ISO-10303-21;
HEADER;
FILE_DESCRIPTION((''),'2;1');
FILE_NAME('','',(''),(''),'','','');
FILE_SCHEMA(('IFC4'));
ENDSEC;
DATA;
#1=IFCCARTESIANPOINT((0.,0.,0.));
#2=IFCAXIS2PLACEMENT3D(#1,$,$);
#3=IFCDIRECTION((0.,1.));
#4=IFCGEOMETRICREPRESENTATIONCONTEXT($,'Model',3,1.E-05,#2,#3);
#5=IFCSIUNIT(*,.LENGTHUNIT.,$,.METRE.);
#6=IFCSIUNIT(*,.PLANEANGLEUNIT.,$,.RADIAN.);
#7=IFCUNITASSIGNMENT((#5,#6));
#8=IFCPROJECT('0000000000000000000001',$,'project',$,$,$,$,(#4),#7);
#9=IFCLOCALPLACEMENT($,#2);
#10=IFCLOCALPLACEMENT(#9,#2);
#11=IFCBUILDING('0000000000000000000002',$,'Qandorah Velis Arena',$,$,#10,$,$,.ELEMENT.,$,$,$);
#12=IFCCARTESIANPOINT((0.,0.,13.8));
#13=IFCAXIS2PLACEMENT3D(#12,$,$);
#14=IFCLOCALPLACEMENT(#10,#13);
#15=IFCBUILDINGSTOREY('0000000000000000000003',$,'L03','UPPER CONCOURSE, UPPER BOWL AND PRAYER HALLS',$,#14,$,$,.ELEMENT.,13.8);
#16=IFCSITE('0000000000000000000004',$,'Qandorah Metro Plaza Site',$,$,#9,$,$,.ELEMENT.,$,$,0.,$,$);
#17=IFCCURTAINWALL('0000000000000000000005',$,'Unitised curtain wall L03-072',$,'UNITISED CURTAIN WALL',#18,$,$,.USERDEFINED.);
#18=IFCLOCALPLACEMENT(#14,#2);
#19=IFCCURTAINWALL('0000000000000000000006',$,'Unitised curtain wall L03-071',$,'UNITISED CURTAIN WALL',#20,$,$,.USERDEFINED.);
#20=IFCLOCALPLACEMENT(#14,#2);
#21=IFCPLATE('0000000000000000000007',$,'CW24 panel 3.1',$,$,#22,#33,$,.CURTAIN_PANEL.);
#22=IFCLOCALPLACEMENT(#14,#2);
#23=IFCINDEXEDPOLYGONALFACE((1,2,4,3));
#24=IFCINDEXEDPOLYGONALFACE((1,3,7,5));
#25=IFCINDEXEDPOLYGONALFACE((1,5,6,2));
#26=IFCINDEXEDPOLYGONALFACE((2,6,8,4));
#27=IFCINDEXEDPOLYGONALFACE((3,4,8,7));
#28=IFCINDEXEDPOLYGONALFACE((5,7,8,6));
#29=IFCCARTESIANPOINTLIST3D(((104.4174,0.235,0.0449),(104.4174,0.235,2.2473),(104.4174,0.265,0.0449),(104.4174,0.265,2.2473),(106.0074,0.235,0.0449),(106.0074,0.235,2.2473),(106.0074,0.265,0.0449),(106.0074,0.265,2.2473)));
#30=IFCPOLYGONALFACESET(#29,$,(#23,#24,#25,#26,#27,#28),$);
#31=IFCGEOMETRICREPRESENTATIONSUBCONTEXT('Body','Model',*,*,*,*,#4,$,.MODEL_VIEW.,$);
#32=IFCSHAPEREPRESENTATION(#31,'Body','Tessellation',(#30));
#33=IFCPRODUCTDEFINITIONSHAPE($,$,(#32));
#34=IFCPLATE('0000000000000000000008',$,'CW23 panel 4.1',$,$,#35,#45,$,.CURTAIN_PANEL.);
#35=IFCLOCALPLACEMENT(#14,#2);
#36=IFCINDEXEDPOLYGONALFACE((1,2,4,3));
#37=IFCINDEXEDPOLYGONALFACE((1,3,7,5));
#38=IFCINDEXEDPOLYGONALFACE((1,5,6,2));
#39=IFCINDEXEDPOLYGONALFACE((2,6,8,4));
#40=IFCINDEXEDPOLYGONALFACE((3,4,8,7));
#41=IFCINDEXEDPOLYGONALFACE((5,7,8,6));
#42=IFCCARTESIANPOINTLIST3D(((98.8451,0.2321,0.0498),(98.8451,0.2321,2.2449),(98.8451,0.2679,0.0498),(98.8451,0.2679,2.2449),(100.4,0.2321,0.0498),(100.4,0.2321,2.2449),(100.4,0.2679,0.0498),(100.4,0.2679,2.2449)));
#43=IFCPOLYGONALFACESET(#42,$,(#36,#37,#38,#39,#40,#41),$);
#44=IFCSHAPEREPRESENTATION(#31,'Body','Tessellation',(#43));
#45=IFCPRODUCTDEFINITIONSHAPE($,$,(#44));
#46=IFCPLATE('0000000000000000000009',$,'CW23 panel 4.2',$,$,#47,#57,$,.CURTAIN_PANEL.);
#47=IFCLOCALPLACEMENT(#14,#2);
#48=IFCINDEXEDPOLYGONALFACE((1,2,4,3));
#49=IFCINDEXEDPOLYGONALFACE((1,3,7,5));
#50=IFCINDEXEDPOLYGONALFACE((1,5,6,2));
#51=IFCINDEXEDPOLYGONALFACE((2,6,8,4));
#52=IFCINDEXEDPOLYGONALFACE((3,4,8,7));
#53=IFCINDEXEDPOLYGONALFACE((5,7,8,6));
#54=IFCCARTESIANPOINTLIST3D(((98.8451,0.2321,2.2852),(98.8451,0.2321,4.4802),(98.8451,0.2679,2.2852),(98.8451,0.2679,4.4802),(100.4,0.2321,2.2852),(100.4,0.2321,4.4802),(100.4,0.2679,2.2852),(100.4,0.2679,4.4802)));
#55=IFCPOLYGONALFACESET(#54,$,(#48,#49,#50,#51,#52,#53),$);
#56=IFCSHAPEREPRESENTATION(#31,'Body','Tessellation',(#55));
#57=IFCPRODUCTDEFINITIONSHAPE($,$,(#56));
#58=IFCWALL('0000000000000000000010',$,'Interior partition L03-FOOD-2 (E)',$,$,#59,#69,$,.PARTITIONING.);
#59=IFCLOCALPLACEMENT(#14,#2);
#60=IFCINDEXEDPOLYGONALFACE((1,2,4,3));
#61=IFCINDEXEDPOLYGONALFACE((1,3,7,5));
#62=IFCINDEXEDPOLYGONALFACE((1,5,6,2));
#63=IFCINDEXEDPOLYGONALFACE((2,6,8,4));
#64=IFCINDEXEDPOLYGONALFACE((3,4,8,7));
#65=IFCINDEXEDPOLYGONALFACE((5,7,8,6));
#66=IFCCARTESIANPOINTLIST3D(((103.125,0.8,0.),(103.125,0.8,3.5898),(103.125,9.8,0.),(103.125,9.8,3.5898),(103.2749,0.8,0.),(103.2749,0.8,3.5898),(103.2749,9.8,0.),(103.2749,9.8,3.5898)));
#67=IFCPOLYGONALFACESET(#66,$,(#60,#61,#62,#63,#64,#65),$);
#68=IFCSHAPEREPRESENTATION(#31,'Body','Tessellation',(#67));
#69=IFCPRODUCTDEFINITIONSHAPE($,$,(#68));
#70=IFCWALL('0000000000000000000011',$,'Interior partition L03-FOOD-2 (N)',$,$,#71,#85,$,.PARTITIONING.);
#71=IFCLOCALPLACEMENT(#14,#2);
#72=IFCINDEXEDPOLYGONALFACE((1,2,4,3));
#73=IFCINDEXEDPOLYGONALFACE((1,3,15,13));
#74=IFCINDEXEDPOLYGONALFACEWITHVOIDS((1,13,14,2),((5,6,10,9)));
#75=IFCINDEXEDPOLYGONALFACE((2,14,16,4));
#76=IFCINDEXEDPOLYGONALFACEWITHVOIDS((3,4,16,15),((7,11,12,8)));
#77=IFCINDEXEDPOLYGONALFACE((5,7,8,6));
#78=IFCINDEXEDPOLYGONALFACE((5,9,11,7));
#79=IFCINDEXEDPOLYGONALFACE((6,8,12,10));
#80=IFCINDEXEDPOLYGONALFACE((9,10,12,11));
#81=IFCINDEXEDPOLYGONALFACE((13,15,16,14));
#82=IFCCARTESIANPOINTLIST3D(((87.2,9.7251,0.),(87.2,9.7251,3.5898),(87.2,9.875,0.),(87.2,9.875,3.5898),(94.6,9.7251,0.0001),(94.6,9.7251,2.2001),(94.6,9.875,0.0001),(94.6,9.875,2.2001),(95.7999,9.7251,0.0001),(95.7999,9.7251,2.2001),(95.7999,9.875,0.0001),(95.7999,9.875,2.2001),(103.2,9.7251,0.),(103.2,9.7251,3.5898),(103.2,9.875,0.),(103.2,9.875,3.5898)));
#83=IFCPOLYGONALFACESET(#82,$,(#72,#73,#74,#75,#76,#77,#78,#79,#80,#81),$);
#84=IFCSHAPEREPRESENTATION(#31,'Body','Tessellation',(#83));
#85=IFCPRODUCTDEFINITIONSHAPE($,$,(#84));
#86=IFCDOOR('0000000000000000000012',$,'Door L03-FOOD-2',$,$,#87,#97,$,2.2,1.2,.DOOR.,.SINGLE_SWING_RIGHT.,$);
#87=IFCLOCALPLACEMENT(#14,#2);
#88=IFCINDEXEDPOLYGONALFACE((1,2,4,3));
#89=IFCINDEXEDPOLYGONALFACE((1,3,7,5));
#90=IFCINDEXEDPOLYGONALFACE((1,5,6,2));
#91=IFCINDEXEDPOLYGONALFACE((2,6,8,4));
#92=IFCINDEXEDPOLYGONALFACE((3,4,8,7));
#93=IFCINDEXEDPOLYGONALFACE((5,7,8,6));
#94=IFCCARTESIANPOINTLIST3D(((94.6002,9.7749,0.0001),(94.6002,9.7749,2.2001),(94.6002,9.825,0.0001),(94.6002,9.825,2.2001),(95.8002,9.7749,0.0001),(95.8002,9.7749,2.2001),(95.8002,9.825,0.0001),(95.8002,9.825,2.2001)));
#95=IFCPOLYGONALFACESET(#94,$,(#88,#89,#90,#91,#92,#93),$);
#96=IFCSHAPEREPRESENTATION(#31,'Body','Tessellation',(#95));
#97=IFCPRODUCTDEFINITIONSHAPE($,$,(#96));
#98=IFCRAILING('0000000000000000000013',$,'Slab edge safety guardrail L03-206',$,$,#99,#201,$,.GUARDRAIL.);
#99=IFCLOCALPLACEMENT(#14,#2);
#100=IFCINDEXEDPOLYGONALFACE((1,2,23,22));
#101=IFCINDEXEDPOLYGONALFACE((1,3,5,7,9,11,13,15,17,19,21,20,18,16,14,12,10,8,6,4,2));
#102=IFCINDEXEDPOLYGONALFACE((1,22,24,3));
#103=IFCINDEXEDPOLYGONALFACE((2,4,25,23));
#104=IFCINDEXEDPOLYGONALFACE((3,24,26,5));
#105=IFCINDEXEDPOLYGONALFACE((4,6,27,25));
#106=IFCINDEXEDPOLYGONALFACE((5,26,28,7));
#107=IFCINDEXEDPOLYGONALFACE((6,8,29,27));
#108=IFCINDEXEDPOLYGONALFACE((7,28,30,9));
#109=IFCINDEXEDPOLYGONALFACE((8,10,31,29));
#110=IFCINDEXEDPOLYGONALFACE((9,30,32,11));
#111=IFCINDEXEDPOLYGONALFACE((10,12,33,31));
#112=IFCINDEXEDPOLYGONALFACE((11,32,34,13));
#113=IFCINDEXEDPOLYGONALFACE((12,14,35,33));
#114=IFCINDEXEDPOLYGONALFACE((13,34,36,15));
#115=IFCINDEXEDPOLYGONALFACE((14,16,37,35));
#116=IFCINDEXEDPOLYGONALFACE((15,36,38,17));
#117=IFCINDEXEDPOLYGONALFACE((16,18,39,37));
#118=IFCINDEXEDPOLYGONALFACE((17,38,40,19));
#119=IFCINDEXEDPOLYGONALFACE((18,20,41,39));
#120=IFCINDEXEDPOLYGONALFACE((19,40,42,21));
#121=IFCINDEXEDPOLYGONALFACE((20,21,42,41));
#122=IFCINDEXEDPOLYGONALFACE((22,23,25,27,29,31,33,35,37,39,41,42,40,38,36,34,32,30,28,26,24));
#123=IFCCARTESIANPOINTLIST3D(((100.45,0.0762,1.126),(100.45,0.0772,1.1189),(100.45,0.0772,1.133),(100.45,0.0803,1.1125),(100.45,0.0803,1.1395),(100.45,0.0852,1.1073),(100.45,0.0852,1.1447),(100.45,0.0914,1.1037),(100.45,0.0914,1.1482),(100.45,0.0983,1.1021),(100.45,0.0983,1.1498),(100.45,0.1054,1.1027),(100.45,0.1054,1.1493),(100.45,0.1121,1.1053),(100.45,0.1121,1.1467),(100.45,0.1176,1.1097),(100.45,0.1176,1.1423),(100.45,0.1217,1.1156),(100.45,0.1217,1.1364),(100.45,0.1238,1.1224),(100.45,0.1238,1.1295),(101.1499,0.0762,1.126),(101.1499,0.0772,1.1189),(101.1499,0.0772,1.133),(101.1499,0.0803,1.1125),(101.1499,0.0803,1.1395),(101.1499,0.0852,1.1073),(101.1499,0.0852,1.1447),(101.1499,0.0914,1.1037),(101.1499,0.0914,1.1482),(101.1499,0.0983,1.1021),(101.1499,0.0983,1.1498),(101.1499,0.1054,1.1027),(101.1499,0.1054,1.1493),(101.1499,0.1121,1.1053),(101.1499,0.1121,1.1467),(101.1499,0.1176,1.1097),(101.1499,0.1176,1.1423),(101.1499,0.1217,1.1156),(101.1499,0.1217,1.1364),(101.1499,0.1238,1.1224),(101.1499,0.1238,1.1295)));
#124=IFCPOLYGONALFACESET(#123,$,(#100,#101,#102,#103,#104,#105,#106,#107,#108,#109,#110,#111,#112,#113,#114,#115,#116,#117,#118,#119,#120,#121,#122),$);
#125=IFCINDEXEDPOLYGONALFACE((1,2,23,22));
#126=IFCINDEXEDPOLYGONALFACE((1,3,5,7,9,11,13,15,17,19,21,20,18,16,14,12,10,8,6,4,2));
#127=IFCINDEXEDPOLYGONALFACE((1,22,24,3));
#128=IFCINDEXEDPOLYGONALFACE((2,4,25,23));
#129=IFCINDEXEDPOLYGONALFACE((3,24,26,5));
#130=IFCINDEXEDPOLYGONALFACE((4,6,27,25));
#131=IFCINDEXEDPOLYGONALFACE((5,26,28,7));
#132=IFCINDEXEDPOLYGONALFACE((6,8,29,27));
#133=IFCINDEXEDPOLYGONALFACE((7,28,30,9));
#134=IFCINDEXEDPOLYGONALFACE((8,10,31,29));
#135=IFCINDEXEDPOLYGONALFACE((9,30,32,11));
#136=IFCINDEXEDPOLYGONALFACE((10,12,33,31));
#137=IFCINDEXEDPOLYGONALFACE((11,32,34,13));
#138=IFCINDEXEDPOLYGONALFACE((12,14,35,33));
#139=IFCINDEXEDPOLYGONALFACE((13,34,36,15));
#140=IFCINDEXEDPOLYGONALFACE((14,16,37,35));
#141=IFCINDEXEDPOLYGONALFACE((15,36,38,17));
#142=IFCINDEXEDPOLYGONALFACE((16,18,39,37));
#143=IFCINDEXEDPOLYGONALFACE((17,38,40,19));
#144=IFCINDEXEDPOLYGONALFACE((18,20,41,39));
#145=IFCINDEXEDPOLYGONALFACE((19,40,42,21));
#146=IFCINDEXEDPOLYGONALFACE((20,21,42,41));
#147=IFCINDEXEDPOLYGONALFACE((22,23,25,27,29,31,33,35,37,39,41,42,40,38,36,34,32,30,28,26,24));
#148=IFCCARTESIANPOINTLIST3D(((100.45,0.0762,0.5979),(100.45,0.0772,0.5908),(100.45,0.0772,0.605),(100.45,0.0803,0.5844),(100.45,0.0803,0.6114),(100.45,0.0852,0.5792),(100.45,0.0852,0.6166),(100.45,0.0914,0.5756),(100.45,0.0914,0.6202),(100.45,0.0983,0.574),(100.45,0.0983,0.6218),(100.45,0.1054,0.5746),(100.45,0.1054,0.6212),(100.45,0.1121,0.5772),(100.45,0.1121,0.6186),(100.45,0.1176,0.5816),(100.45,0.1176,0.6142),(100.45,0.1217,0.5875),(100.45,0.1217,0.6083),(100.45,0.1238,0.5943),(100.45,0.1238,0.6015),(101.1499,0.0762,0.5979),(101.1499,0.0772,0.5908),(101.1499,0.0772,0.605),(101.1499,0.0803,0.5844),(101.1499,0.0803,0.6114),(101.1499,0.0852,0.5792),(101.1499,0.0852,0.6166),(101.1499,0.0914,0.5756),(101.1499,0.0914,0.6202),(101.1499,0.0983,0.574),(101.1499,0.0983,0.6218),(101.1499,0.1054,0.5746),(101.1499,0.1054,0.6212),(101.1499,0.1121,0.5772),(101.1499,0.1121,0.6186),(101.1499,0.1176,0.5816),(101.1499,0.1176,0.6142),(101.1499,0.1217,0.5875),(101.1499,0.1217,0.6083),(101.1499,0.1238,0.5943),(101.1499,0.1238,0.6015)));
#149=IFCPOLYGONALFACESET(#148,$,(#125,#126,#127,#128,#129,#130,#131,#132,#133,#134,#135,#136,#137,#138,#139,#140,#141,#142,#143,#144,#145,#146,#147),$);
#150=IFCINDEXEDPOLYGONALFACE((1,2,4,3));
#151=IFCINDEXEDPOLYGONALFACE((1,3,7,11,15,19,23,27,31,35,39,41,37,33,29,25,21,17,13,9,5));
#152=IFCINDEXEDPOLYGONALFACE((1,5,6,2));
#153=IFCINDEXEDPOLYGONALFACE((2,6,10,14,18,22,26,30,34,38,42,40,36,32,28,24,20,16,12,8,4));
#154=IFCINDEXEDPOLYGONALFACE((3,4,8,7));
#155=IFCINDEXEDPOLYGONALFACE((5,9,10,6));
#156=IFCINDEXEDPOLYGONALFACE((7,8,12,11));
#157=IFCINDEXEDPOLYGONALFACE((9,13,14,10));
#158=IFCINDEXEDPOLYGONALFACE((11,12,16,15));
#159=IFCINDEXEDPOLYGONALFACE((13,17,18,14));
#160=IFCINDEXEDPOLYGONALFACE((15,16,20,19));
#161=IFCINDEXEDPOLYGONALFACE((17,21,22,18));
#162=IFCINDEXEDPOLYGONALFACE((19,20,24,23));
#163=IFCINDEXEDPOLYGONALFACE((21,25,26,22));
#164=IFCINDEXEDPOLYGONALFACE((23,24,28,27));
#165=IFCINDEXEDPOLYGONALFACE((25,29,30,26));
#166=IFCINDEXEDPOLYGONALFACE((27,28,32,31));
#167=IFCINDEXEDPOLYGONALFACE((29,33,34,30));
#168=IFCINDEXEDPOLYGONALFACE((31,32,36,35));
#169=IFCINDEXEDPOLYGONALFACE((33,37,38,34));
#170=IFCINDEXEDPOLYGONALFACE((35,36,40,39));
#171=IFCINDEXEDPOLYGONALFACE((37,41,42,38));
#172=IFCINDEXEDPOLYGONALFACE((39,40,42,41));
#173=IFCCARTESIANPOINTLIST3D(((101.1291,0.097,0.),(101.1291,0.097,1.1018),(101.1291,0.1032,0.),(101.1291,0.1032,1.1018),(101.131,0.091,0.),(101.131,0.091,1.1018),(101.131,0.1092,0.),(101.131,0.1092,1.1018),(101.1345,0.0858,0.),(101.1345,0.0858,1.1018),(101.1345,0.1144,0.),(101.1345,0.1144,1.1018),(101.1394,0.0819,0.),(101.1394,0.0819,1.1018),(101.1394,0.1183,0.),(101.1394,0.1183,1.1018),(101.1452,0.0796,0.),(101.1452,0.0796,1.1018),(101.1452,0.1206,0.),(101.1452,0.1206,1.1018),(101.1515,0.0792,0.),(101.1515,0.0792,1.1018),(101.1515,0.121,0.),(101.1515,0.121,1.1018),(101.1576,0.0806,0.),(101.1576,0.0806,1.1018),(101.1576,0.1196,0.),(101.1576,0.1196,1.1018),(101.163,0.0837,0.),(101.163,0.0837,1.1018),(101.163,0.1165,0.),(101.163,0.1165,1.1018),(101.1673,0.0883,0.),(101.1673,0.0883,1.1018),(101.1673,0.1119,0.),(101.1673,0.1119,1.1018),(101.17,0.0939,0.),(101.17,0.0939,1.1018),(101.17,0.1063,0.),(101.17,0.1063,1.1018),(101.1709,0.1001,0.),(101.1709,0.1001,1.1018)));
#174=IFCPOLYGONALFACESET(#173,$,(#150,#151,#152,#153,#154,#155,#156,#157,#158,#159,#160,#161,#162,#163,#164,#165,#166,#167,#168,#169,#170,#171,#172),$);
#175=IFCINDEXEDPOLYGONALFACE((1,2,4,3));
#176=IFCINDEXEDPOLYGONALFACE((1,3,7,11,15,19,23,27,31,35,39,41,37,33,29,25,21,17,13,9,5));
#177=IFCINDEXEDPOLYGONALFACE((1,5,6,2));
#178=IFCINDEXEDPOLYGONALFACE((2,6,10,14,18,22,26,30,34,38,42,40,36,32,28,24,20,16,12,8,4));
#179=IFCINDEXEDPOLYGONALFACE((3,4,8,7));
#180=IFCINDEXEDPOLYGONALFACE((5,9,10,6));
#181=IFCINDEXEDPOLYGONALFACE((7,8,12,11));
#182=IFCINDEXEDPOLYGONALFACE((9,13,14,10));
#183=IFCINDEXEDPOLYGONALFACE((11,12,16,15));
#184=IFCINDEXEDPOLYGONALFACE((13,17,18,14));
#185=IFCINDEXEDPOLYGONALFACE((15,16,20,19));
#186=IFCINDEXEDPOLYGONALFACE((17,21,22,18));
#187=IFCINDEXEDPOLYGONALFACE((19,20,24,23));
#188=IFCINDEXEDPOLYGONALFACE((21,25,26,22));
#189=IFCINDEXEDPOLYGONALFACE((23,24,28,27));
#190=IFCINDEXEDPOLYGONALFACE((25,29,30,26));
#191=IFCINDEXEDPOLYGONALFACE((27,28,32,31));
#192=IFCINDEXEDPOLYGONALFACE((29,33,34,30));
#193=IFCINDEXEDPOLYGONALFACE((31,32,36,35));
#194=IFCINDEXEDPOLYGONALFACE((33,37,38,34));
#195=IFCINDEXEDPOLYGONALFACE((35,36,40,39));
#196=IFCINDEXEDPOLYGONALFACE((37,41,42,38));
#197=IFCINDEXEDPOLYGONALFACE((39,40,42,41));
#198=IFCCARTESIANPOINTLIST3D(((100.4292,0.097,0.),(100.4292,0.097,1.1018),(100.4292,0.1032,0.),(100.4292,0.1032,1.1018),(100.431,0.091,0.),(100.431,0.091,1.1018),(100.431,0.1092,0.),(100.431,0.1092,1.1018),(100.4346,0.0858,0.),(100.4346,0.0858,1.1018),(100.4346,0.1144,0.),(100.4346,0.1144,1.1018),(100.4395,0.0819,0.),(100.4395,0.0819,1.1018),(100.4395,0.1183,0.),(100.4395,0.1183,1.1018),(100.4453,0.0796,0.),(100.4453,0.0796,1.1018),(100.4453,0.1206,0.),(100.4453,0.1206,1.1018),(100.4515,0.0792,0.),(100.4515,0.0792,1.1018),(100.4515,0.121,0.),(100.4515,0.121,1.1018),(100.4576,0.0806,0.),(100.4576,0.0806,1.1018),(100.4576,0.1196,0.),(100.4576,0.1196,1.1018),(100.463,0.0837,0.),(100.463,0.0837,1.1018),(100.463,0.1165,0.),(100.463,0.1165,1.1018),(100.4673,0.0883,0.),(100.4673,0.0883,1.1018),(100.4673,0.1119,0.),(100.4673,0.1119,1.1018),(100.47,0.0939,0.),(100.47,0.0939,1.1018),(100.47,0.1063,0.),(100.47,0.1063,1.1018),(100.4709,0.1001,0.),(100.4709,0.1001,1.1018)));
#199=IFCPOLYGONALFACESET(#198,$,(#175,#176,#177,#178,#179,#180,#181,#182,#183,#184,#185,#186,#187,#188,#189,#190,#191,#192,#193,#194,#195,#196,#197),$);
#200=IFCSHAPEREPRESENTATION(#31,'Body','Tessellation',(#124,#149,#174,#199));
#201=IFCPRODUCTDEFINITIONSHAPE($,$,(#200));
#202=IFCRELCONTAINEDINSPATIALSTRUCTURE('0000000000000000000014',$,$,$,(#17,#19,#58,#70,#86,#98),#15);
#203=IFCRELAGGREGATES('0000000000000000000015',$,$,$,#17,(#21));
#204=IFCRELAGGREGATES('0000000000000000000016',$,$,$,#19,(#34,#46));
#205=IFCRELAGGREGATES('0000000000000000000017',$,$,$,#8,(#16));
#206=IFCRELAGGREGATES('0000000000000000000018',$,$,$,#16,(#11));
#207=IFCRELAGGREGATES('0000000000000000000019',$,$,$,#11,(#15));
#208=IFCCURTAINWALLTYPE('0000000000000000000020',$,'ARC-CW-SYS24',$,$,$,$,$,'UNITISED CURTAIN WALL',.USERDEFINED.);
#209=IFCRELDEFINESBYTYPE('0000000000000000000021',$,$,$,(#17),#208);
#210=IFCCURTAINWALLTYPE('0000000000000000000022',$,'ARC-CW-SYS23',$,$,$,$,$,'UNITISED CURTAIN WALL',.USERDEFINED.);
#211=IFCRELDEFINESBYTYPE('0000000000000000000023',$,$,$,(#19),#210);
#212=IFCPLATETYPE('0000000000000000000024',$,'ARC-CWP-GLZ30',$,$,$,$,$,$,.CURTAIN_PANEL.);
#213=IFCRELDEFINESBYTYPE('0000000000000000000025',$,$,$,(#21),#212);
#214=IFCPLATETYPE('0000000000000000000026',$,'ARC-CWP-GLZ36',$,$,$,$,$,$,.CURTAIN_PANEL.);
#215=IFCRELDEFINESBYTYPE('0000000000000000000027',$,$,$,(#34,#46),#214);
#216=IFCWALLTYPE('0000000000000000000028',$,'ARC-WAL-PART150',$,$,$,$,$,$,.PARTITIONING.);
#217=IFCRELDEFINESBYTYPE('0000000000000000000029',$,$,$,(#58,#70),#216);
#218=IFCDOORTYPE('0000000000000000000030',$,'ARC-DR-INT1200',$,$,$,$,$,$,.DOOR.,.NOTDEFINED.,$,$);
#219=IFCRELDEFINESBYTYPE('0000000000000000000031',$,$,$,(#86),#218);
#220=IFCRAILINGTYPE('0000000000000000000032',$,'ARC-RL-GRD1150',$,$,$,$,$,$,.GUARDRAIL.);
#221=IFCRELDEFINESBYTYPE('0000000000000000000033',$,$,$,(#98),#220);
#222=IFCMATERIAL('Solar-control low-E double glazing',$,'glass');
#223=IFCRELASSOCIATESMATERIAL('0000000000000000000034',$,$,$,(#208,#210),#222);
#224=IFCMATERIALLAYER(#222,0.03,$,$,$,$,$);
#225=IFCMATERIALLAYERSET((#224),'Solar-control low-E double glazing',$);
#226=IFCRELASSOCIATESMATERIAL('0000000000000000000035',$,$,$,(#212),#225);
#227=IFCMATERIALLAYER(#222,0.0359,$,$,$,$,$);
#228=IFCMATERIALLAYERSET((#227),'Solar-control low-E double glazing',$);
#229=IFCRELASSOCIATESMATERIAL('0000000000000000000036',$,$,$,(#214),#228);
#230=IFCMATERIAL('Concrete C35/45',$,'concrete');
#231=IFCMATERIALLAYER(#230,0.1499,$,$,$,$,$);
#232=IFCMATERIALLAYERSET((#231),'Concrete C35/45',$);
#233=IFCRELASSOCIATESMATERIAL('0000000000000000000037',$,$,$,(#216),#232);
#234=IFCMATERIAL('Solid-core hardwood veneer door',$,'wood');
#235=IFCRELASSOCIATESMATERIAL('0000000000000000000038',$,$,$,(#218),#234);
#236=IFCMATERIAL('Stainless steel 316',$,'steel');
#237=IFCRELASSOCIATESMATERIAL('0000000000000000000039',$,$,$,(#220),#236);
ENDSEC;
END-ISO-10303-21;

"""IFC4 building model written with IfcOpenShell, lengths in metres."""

from ifc_helpers import new_model, si_unit, direction, frame, frame_2d, origin, origin_2d, place, context, subcontext, project, spatial, rectangle, circle, extrude, material, layer, layer_set, type_object, element, fill, aggregate, save


model = new_model("IFC4")

# Units and contexts
model_context = context("Model", 3, precision=1e-05, world=origin(), true_north=direction((0.0, 1.0)))
body_context = subcontext(model_context, "Body", "Model", "MODEL_VIEW")
ifc_project = project(units=[si_unit("LENGTHUNIT", "METRE"), si_unit("PLANEANGLEUNIT", "RADIAN")], contexts=[model_context])

# Site, building, storey
site_placement = place(None, origin())
site = spatial("IfcSite", under=ifc_project, at=site_placement, Name="Qandorah Metro Plaza Site", CompositionType="ELEMENT", RefElevation=0.0)
building_placement = place(site_placement, origin())
building = spatial("IfcBuilding", under=site, at=building_placement, Name="Qandorah Velis Arena", CompositionType="ELEMENT")
storey_placement = place(building_placement, frame((0.0, 0.0, 13.8)))
storey = spatial("IfcBuildingStorey", under=building, at=storey_placement, Name="L03", Description="UPPER CONCOURSE, UPPER BOWL AND PRAYER HALLS", CompositionType="ELEMENT", Elevation=13.8)

# Curtain wall
ifc_material_1 = material(Name="Solar-control low-E double glazing", Category="glass")
curtain_wall_type_1 = type_object("IfcCurtainWallType", Name="ARC-CW-SYS24", ElementType="UNITISED CURTAIN WALL", PredefinedType="USERDEFINED", material=ifc_material_1)
curtain_wall_1_placement = place(storey_placement, origin())
curtain_wall_1 = element("IfcCurtainWall", 1, at=curtain_wall_1_placement, inside=storey, type_object=curtain_wall_type_1, Name="Unitised curtain wall L03-072", ObjectType="UNITISED CURTAIN WALL", PredefinedType="USERDEFINED")

# Curtain wall
curtain_wall_type_2 = type_object("IfcCurtainWallType", Name="ARC-CW-SYS23", ElementType="UNITISED CURTAIN WALL", PredefinedType="USERDEFINED", material=ifc_material_1)
curtain_wall_2_placement = place(storey_placement, origin())
curtain_wall_2 = element("IfcCurtainWall", 2, at=curtain_wall_2_placement, inside=storey, type_object=curtain_wall_type_2, Name="Unitised curtain wall L03-071", ObjectType="UNITISED CURTAIN WALL", PredefinedType="USERDEFINED")

# Plates
ifc_layer_1 = layer(ifc_material_1, 0.03)
ifc_layer_set_1 = layer_set([ifc_layer_1], Name="Solar-control low-E double glazing")
plate_type_1 = type_object("IfcPlateType", Name="ARC-CWP-GLZ30", PredefinedType="CURTAIN_PANEL", material=ifc_layer_set_1)
plate_1_placement = place(storey_placement, frame((105.2124, 0.25, 0.0449), z_axis=(0.0, 0.0, 1.0), x_axis=(1.0, 0.0, 0.0)))
plate_1 = element("IfcPlate", 3, at=plate_1_placement, type_object=plate_type_1, Name="CW24 panel 3.1", PredefinedType="CURTAIN_PANEL", context=body_context, shape_type="SweptSolid", body=[
    extrude(rectangle(XDim=1.5901, YDim=0.03, at=origin_2d()), origin(), (0.0, 0.0, 1.0), 2.2024),
])
aggregate(curtain_wall_1, [plate_1])
ifc_layer_2 = layer(ifc_material_1, 0.0359)
ifc_layer_set_2 = layer_set([ifc_layer_2], Name="Solar-control low-E double glazing")
plate_type_2 = type_object("IfcPlateType", Name="ARC-CWP-GLZ36", PredefinedType="CURTAIN_PANEL", material=ifc_layer_set_2)
plate_2_placement = place(storey_placement, frame((99.6226, 0.25, 0.0498), z_axis=(0.0, 0.0, 1.0), x_axis=(1.0, 0.0, 0.0)))
plate_2 = element("IfcPlate", 4, at=plate_2_placement, type_object=plate_type_2, Name="CW23 panel 4.1", PredefinedType="CURTAIN_PANEL", context=body_context, shape_type="SweptSolid", body=[
    extrude(rectangle(XDim=1.5549, YDim=0.0359, at=origin_2d()), origin(), (0.0, 0.0, 1.0), 2.1951),
])
plate_3_placement = place(storey_placement, frame((99.6226, 0.25, 2.2852), z_axis=(0.0, 0.0, 1.0), x_axis=(1.0, 0.0, 0.0)))
plate_3 = element("IfcPlate", 5, at=plate_3_placement, type_object=plate_type_2, Name="CW23 panel 4.2", PredefinedType="CURTAIN_PANEL", context=body_context, shape_type="SweptSolid", body=[
    extrude(rectangle(XDim=1.5549, YDim=0.0359, at=origin_2d()), origin(), (0.0, 0.0, 1.0), 2.1951),
])
aggregate(curtain_wall_2, [plate_2, plate_3])

# Wall
ifc_material_2 = material(Name="Concrete C35/45", Category="concrete")
ifc_layer_3 = layer(ifc_material_2, 0.1499)
ifc_layer_set_3 = layer_set([ifc_layer_3], Name="Concrete C35/45")
wall_type = type_object("IfcWallType", Name="ARC-WAL-PART150", PredefinedType="PARTITIONING", material=ifc_layer_set_3)
wall_1_placement = place(storey_placement, frame((103.2, 0.8, 0.0), z_axis=(0.0, 0.0, 1.0), x_axis=(0.0, 1.0, 0.0)))
element("IfcWall", 6, at=wall_1_placement, inside=storey, type_object=wall_type, Name="Interior partition L03-FOOD-2 (E)", PredefinedType="PARTITIONING", context=body_context, shape_type="SweptSolid", body=[
    extrude(rectangle(XDim=9.0, YDim=0.1499, at=frame_2d((4.5, 0.0))), origin(), (0.0, 0.0, 1.0), 3.5898),
])

# Wall, opening, door
wall_2_placement = place(storey_placement, frame((103.2, 9.8, 0.0), z_axis=(0.0, 0.0, 1.0), x_axis=(-1.0, 0.0, 0.0)))
wall_2 = element("IfcWall", 7, at=wall_2_placement, inside=storey, type_object=wall_type, Name="Interior partition L03-FOOD-2 (N)", PredefinedType="PARTITIONING", context=body_context, shape_type="SweptSolid", body=[
    extrude(rectangle(XDim=16.0, YDim=0.1499, at=frame_2d((8.0, 0.0))), origin(), (0.0, 0.0, 1.0), 3.5898),
])
opening_placement = place(wall_2_placement, frame((7.3999, 0.0, 0.0)))
opening = element("IfcOpeningElement", 8, at=opening_placement, cuts=wall_2, PredefinedType="OPENING", context=body_context, shape_type="SweptSolid", body=[
    extrude(rectangle(XDim=1.2, YDim=2.2, at=frame_2d((0.6001, 1.1001))), frame((0.0, 0.085, 0.0), z_axis=(0.0, -1.0, 0.0), x_axis=(1.0, 0.0, 0.0)), (0.0, 0.0, 1.0), 0.1699),
])
ifc_material_3 = material(Name="Solid-core hardwood veneer door", Category="wood")
door_type = type_object("IfcDoorType", Name="ARC-DR-INT1200", OperationType="NOTDEFINED", PredefinedType="DOOR", material=ifc_material_3)
door_placement = place(opening_placement, frame((1.2, 0.0, 0.0), z_axis=(0.0, 0.0, 1.0), x_axis=(-1.0, 0.0, 0.0)))
door = element("IfcDoor", 9, at=door_placement, inside=storey, type_object=door_type, Name="Door L03-FOOD-2", OperationType="SINGLE_SWING_RIGHT", OverallHeight=2.2, OverallWidth=1.2, PredefinedType="DOOR", context=body_context, shape_type="SweptSolid", body=[
    extrude(rectangle(XDim=1.2, YDim=2.2, at=frame_2d((0.6001, 1.1001))), frame((0.0, 0.0249, 0.0), z_axis=(0.0, -1.0, 0.0), x_axis=(1.0, 0.0, 0.0)), (0.0, 0.0, 1.0), 0.05),
])
fill(opening, door)

# Railing
ifc_material_4 = material(Name="Stainless steel 316", Category="steel")
railing_type = type_object("IfcRailingType", Name="ARC-RL-GRD1150", PredefinedType="GUARDRAIL", material=ifc_material_4)
railing_placement = place(storey_placement, frame((101.1499, 0.1001, 0.0)))
element("IfcRailing", 10, at=railing_placement, inside=storey, type_object=railing_type, Name="Slab edge safety guardrail L03-206", PredefinedType="GUARDRAIL", context=body_context, shape_type="SweptSolid", body=[
    extrude(circle(Radius=0.0239, at=origin_2d()), frame((0.0, 0.0, 1.126), z_axis=(-1.0, 0.0, 0.0), x_axis=(0.0, -1.0, 0.0)), (0.0, 0.0, 1.0), 0.7),
    extrude(circle(Radius=0.0239, at=origin_2d()), frame((0.0, 0.0, 0.5979), z_axis=(-1.0, 0.0, 0.0), x_axis=(0.0, -1.0, 0.0)), (0.0, 0.0, 1.0), 0.7),
    extrude(circle(Radius=0.021, at=origin_2d()), origin(), (0.0, 0.0, 1.0), 1.1018),
    extrude(circle(Radius=0.021, at=origin_2d()), frame((-0.7, 0.0, 0.0)), (0.0, 0.0, 1.0), 1.1018),
])

save(model, "model.ifc")
